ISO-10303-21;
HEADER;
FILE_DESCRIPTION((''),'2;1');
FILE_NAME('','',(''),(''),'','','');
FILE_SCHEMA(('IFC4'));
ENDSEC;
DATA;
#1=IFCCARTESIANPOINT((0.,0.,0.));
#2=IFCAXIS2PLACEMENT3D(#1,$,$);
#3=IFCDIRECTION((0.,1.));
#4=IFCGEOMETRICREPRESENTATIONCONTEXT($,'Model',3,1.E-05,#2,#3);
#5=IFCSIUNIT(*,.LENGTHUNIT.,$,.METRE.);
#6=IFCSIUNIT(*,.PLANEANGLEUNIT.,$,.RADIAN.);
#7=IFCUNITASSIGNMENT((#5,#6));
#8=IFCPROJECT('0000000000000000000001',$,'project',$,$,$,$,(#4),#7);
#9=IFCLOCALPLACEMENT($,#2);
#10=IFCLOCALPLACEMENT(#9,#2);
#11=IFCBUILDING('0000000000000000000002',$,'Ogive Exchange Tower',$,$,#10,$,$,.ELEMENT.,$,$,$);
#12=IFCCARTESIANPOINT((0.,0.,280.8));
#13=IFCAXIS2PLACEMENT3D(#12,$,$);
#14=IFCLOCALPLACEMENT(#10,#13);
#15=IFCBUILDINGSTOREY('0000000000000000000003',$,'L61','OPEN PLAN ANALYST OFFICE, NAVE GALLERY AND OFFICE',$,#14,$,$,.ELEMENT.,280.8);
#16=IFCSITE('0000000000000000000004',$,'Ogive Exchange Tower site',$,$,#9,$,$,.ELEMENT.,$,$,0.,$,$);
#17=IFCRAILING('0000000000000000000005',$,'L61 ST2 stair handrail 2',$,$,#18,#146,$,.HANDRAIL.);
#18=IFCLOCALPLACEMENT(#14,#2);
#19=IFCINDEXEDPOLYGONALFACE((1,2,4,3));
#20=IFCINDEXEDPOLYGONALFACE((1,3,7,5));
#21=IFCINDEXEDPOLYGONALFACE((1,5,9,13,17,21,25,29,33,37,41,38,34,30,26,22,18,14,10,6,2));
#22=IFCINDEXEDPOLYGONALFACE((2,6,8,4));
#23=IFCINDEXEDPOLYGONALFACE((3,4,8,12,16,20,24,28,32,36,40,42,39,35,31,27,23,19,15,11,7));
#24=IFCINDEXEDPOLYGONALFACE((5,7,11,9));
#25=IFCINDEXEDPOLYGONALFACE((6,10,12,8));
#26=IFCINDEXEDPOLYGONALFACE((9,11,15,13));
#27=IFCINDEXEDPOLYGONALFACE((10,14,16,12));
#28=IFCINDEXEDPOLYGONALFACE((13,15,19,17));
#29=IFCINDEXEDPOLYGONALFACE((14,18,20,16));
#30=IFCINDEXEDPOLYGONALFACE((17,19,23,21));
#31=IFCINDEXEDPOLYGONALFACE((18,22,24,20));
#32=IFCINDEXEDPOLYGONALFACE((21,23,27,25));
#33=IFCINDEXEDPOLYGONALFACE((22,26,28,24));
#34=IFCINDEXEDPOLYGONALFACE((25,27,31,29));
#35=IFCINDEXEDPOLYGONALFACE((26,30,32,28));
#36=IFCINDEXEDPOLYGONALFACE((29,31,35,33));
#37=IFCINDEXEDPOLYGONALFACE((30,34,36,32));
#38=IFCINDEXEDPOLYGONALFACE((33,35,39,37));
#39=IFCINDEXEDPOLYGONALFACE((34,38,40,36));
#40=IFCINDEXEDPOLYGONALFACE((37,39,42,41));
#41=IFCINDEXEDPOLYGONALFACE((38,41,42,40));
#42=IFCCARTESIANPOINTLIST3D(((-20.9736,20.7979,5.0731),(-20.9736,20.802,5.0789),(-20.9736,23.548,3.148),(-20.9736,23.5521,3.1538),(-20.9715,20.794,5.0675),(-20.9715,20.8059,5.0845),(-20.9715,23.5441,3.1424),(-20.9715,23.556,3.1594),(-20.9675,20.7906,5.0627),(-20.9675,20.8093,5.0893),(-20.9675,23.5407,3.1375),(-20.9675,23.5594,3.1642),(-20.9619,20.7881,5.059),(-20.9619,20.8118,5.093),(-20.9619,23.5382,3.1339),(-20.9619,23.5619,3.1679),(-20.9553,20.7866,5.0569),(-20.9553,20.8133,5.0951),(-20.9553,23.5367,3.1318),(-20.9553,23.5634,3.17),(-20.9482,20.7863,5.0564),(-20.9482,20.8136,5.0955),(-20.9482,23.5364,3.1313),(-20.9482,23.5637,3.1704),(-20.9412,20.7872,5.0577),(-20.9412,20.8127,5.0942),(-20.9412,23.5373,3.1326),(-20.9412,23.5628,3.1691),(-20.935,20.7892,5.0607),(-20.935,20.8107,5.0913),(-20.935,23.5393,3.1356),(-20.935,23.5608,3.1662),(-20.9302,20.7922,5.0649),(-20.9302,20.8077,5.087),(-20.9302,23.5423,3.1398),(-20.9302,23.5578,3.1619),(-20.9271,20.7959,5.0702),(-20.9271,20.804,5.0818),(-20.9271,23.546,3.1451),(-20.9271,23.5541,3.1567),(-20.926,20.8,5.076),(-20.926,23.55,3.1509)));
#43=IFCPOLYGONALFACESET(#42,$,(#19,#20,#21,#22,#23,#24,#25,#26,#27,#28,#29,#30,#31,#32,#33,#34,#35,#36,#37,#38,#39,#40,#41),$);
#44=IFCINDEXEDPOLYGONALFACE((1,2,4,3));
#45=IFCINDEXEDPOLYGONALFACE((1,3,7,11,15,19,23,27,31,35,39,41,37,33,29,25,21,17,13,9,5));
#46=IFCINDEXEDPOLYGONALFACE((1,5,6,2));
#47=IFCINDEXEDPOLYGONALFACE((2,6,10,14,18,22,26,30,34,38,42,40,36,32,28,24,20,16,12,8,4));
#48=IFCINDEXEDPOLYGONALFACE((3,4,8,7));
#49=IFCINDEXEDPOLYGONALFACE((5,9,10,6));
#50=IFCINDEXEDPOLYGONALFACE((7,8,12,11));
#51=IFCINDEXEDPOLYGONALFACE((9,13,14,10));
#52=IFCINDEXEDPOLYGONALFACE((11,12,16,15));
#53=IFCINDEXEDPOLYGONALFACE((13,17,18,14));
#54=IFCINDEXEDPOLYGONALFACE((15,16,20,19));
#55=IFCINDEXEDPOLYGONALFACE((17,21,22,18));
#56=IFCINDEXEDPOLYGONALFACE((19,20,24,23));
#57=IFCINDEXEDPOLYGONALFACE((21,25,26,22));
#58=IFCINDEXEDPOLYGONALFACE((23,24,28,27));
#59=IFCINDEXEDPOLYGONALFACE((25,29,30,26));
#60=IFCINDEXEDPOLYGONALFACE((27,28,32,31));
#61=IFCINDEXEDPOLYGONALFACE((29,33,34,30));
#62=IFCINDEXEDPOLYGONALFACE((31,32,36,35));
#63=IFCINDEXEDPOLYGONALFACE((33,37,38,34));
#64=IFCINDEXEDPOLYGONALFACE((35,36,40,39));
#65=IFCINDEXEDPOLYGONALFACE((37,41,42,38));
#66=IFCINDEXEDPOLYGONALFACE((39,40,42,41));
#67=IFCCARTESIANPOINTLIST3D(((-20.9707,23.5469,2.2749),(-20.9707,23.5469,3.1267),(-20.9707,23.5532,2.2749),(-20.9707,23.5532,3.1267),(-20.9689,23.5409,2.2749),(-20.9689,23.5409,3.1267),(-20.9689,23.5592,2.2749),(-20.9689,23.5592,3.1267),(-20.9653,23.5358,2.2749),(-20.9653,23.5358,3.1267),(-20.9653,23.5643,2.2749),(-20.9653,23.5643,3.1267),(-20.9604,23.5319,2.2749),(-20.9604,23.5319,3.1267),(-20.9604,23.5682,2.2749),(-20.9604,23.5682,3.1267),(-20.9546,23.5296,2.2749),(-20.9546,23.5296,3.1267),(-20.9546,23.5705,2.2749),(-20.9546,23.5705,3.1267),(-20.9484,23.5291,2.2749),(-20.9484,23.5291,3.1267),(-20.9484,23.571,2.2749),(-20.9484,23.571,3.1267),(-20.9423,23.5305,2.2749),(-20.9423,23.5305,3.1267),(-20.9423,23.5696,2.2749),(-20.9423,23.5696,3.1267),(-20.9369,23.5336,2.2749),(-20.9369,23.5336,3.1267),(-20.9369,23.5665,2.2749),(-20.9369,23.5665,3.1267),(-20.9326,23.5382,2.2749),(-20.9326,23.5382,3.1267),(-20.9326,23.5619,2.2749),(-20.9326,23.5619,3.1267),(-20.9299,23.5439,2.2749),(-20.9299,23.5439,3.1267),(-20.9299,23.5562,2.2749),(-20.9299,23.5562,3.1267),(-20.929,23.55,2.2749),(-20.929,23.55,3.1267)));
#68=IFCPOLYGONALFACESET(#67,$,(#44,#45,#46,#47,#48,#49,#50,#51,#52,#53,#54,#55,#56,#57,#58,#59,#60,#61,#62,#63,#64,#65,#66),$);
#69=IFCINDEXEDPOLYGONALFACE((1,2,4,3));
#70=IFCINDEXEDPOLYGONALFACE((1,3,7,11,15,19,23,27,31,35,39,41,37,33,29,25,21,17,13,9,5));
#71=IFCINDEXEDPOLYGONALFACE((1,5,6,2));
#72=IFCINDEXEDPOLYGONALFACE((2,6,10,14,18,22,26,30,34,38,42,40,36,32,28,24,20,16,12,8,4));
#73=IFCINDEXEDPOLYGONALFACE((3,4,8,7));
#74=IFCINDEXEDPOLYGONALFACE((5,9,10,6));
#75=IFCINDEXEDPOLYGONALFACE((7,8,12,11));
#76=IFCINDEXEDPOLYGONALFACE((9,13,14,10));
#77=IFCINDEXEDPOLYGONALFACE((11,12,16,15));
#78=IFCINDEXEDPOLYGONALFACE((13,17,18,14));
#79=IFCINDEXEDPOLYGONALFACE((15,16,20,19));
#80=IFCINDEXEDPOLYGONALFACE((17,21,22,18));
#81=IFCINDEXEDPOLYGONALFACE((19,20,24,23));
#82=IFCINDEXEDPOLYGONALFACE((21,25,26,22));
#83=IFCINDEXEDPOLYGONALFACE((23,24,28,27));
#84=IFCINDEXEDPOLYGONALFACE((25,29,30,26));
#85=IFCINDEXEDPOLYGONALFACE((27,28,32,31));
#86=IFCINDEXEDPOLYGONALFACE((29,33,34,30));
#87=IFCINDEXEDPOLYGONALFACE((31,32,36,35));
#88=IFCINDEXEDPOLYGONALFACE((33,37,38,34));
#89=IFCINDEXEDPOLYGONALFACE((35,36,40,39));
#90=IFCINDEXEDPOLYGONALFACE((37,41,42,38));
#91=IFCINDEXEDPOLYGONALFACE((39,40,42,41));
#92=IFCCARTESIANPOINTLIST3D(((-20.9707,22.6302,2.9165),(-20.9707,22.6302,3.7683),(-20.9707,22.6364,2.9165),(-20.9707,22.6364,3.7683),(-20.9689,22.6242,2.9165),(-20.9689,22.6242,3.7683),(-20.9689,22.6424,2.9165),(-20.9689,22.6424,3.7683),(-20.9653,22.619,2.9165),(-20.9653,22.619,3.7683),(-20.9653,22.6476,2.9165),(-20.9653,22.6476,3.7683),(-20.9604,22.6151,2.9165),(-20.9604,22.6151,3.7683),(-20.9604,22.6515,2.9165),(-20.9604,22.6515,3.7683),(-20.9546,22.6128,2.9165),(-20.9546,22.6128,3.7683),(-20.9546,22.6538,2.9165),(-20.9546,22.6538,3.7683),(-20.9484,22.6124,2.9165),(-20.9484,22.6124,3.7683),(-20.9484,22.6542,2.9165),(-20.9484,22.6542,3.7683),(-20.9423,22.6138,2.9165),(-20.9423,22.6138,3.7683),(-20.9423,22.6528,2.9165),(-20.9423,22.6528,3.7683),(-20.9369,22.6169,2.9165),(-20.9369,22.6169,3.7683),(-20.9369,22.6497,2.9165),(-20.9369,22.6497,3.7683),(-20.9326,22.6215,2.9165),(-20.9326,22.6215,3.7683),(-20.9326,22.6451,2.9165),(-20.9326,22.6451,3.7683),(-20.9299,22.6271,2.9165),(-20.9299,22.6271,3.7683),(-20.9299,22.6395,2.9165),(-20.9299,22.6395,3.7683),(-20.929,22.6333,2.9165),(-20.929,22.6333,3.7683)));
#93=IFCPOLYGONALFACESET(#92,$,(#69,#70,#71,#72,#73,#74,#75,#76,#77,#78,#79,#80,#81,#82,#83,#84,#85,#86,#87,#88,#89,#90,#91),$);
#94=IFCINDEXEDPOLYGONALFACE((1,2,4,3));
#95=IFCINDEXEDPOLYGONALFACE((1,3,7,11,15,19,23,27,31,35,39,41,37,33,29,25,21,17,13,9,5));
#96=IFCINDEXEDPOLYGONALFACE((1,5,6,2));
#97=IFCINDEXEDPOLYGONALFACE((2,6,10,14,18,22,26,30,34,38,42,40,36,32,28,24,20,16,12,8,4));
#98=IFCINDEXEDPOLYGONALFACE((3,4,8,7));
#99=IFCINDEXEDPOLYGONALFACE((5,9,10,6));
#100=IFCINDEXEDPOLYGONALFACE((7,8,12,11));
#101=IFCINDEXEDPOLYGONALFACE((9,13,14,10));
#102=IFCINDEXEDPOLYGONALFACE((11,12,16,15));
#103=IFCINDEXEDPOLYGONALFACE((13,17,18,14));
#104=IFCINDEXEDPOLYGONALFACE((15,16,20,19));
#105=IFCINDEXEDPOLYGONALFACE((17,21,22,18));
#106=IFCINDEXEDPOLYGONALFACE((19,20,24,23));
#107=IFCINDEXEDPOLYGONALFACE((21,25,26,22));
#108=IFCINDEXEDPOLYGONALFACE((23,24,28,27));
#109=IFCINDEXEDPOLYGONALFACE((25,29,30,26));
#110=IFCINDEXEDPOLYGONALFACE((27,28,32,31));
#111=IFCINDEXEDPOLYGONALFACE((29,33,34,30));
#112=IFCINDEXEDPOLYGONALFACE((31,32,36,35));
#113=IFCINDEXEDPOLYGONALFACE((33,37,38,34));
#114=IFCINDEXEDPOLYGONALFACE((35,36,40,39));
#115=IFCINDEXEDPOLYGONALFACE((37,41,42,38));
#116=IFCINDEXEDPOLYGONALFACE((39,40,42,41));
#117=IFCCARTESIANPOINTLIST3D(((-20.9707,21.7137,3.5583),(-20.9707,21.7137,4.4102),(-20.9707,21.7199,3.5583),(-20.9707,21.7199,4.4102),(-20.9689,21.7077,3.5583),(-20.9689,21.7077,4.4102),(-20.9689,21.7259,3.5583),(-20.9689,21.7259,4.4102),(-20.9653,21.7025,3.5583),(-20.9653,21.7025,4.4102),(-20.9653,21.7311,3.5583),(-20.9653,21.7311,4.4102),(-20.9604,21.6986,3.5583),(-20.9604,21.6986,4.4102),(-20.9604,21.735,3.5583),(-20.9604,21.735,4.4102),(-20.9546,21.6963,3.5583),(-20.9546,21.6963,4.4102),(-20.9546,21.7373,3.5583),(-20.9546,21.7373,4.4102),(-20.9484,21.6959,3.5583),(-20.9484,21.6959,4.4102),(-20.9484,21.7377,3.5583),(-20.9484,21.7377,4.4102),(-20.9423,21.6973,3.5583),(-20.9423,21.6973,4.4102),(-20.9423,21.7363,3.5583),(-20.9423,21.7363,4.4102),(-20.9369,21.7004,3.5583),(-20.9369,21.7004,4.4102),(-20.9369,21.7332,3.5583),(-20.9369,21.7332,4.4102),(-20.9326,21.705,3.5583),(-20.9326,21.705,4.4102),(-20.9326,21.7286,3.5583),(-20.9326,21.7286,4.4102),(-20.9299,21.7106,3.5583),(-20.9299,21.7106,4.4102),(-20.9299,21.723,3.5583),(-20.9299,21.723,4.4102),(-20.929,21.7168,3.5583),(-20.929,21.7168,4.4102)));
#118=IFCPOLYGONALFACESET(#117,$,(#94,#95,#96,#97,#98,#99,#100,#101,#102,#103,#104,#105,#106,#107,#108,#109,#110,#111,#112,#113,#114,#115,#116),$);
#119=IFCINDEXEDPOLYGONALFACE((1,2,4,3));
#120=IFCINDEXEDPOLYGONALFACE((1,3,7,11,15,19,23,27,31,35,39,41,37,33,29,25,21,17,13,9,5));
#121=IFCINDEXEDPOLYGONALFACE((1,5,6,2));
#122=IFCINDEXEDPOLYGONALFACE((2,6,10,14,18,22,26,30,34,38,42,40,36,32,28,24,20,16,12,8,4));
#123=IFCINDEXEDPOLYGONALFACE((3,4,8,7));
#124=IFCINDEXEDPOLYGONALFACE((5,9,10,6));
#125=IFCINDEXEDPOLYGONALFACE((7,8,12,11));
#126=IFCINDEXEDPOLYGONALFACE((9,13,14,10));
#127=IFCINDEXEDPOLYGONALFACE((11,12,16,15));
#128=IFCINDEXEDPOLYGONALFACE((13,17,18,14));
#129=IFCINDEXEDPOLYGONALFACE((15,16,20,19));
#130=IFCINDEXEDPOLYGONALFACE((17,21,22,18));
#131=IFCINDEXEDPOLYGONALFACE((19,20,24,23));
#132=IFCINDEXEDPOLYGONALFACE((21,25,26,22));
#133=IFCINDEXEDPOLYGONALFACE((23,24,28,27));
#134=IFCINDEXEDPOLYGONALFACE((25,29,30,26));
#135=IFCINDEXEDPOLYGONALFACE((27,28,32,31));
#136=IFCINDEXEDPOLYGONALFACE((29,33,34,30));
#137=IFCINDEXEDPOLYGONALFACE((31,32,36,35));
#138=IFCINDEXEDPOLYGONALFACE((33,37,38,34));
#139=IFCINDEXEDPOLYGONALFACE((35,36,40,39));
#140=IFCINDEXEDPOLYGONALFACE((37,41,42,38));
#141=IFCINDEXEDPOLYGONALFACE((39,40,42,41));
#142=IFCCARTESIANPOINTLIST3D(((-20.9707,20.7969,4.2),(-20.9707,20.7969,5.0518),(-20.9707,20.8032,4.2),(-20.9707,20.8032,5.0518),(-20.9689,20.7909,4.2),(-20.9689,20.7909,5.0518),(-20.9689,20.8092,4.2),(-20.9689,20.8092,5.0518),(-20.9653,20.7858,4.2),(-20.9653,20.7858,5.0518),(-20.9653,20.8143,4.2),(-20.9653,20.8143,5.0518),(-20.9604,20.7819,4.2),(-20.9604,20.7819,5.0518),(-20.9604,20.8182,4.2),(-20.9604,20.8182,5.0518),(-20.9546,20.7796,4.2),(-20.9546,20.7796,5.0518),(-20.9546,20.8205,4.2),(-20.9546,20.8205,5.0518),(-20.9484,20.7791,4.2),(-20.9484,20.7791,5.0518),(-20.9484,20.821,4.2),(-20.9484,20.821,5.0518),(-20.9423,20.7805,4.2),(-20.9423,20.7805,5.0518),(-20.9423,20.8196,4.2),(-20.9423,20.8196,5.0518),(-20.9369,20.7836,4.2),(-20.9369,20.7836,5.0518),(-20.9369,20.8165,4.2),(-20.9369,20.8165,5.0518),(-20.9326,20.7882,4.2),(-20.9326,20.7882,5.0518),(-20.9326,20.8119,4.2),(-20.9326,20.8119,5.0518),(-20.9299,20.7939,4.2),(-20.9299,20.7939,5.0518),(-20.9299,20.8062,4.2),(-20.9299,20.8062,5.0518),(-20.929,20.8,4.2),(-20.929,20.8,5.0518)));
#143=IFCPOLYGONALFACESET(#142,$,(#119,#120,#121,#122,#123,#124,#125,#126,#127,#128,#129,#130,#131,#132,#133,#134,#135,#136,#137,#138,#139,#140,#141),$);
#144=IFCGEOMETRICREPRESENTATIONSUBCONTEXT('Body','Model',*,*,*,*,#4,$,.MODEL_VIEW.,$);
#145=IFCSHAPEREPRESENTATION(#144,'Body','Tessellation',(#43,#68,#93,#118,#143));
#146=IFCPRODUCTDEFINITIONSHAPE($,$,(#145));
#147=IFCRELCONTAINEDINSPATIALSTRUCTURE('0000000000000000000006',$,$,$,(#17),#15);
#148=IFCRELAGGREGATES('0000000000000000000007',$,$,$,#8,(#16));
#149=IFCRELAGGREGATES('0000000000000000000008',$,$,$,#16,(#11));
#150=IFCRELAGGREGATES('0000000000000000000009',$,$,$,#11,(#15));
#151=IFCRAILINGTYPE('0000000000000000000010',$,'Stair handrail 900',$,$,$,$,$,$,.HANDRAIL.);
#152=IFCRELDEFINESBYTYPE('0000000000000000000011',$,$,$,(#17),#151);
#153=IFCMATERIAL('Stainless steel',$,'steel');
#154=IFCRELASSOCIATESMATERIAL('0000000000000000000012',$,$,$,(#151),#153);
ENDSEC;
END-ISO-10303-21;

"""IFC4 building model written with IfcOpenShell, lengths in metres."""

from ifc_helpers import new_model, si_unit, direction, frame, origin, origin_2d, place, context, subcontext, project, spatial, circle, extrude, material, type_object, element, save


model = new_model("IFC4")

# Units and contexts
model_context = context("Model", 3, precision=1e-05, world=origin(), true_north=direction((0.0, 1.0)))
body_context = subcontext(model_context, "Body", "Model", "MODEL_VIEW")
ifc_project = project(units=[si_unit("LENGTHUNIT", "METRE"), si_unit("PLANEANGLEUNIT", "RADIAN")], contexts=[model_context])

# Site, building, storey
site_placement = place(None, origin())
site = spatial("IfcSite", under=ifc_project, at=site_placement, Name="Ogive Exchange Tower site", CompositionType="ELEMENT", RefElevation=0.0)
building_placement = place(site_placement, origin())
building = spatial("IfcBuilding", under=site, at=building_placement, Name="Ogive Exchange Tower", CompositionType="ELEMENT")
storey_placement = place(building_placement, frame((0.0, 0.0, 280.8)))
storey = spatial("IfcBuildingStorey", under=building, at=storey_placement, Name="L61", Description="OPEN PLAN ANALYST OFFICE, NAVE GALLERY AND OFFICE", CompositionType="ELEMENT", Elevation=280.8)

# Railing
ifc_material_1 = material(Name="Stainless steel", Category="steel")
railing_type = type_object("IfcRailingType", Name="Stair handrail 900", PredefinedType="HANDRAIL", material=ifc_material_1)
railing_1_placement = place(storey_placement, frame((-20.95, 23.55, 2.2749)))
element("IfcRailing", 1, at=railing_1_placement, inside=storey, type_object=railing_type, Name="L61 ST2 stair handrail 2", PredefinedType="HANDRAIL", context=body_context, shape_type="SweptSolid", body=[
    extrude(circle(Radius=0.0239, at=origin_2d()), frame((0.0, 0.0, 0.876), z_axis=(0.0, -0.819225, 0.573472), x_axis=(1.0, 0.0, 0.0)), (0.0, 0.0, 1.0), 3.3569),
    extrude(circle(Radius=0.021, at=origin_2d()), origin(), (0.0, 0.0, 1.0), 0.8518),
    extrude(circle(Radius=0.021, at=origin_2d()), frame((0.0, -0.9167, 0.6416)), (0.0, 0.0, 1.0), 0.8518),
    extrude(circle(Radius=0.021, at=origin_2d()), frame((0.0, -1.8333, 1.2834)), (0.0, 0.0, 1.0), 0.8518),
    extrude(circle(Radius=0.021, at=origin_2d()), frame((0.0, -2.75, 1.925)), (0.0, 0.0, 1.0), 0.8518),
])

save(model, "model.ifc")
